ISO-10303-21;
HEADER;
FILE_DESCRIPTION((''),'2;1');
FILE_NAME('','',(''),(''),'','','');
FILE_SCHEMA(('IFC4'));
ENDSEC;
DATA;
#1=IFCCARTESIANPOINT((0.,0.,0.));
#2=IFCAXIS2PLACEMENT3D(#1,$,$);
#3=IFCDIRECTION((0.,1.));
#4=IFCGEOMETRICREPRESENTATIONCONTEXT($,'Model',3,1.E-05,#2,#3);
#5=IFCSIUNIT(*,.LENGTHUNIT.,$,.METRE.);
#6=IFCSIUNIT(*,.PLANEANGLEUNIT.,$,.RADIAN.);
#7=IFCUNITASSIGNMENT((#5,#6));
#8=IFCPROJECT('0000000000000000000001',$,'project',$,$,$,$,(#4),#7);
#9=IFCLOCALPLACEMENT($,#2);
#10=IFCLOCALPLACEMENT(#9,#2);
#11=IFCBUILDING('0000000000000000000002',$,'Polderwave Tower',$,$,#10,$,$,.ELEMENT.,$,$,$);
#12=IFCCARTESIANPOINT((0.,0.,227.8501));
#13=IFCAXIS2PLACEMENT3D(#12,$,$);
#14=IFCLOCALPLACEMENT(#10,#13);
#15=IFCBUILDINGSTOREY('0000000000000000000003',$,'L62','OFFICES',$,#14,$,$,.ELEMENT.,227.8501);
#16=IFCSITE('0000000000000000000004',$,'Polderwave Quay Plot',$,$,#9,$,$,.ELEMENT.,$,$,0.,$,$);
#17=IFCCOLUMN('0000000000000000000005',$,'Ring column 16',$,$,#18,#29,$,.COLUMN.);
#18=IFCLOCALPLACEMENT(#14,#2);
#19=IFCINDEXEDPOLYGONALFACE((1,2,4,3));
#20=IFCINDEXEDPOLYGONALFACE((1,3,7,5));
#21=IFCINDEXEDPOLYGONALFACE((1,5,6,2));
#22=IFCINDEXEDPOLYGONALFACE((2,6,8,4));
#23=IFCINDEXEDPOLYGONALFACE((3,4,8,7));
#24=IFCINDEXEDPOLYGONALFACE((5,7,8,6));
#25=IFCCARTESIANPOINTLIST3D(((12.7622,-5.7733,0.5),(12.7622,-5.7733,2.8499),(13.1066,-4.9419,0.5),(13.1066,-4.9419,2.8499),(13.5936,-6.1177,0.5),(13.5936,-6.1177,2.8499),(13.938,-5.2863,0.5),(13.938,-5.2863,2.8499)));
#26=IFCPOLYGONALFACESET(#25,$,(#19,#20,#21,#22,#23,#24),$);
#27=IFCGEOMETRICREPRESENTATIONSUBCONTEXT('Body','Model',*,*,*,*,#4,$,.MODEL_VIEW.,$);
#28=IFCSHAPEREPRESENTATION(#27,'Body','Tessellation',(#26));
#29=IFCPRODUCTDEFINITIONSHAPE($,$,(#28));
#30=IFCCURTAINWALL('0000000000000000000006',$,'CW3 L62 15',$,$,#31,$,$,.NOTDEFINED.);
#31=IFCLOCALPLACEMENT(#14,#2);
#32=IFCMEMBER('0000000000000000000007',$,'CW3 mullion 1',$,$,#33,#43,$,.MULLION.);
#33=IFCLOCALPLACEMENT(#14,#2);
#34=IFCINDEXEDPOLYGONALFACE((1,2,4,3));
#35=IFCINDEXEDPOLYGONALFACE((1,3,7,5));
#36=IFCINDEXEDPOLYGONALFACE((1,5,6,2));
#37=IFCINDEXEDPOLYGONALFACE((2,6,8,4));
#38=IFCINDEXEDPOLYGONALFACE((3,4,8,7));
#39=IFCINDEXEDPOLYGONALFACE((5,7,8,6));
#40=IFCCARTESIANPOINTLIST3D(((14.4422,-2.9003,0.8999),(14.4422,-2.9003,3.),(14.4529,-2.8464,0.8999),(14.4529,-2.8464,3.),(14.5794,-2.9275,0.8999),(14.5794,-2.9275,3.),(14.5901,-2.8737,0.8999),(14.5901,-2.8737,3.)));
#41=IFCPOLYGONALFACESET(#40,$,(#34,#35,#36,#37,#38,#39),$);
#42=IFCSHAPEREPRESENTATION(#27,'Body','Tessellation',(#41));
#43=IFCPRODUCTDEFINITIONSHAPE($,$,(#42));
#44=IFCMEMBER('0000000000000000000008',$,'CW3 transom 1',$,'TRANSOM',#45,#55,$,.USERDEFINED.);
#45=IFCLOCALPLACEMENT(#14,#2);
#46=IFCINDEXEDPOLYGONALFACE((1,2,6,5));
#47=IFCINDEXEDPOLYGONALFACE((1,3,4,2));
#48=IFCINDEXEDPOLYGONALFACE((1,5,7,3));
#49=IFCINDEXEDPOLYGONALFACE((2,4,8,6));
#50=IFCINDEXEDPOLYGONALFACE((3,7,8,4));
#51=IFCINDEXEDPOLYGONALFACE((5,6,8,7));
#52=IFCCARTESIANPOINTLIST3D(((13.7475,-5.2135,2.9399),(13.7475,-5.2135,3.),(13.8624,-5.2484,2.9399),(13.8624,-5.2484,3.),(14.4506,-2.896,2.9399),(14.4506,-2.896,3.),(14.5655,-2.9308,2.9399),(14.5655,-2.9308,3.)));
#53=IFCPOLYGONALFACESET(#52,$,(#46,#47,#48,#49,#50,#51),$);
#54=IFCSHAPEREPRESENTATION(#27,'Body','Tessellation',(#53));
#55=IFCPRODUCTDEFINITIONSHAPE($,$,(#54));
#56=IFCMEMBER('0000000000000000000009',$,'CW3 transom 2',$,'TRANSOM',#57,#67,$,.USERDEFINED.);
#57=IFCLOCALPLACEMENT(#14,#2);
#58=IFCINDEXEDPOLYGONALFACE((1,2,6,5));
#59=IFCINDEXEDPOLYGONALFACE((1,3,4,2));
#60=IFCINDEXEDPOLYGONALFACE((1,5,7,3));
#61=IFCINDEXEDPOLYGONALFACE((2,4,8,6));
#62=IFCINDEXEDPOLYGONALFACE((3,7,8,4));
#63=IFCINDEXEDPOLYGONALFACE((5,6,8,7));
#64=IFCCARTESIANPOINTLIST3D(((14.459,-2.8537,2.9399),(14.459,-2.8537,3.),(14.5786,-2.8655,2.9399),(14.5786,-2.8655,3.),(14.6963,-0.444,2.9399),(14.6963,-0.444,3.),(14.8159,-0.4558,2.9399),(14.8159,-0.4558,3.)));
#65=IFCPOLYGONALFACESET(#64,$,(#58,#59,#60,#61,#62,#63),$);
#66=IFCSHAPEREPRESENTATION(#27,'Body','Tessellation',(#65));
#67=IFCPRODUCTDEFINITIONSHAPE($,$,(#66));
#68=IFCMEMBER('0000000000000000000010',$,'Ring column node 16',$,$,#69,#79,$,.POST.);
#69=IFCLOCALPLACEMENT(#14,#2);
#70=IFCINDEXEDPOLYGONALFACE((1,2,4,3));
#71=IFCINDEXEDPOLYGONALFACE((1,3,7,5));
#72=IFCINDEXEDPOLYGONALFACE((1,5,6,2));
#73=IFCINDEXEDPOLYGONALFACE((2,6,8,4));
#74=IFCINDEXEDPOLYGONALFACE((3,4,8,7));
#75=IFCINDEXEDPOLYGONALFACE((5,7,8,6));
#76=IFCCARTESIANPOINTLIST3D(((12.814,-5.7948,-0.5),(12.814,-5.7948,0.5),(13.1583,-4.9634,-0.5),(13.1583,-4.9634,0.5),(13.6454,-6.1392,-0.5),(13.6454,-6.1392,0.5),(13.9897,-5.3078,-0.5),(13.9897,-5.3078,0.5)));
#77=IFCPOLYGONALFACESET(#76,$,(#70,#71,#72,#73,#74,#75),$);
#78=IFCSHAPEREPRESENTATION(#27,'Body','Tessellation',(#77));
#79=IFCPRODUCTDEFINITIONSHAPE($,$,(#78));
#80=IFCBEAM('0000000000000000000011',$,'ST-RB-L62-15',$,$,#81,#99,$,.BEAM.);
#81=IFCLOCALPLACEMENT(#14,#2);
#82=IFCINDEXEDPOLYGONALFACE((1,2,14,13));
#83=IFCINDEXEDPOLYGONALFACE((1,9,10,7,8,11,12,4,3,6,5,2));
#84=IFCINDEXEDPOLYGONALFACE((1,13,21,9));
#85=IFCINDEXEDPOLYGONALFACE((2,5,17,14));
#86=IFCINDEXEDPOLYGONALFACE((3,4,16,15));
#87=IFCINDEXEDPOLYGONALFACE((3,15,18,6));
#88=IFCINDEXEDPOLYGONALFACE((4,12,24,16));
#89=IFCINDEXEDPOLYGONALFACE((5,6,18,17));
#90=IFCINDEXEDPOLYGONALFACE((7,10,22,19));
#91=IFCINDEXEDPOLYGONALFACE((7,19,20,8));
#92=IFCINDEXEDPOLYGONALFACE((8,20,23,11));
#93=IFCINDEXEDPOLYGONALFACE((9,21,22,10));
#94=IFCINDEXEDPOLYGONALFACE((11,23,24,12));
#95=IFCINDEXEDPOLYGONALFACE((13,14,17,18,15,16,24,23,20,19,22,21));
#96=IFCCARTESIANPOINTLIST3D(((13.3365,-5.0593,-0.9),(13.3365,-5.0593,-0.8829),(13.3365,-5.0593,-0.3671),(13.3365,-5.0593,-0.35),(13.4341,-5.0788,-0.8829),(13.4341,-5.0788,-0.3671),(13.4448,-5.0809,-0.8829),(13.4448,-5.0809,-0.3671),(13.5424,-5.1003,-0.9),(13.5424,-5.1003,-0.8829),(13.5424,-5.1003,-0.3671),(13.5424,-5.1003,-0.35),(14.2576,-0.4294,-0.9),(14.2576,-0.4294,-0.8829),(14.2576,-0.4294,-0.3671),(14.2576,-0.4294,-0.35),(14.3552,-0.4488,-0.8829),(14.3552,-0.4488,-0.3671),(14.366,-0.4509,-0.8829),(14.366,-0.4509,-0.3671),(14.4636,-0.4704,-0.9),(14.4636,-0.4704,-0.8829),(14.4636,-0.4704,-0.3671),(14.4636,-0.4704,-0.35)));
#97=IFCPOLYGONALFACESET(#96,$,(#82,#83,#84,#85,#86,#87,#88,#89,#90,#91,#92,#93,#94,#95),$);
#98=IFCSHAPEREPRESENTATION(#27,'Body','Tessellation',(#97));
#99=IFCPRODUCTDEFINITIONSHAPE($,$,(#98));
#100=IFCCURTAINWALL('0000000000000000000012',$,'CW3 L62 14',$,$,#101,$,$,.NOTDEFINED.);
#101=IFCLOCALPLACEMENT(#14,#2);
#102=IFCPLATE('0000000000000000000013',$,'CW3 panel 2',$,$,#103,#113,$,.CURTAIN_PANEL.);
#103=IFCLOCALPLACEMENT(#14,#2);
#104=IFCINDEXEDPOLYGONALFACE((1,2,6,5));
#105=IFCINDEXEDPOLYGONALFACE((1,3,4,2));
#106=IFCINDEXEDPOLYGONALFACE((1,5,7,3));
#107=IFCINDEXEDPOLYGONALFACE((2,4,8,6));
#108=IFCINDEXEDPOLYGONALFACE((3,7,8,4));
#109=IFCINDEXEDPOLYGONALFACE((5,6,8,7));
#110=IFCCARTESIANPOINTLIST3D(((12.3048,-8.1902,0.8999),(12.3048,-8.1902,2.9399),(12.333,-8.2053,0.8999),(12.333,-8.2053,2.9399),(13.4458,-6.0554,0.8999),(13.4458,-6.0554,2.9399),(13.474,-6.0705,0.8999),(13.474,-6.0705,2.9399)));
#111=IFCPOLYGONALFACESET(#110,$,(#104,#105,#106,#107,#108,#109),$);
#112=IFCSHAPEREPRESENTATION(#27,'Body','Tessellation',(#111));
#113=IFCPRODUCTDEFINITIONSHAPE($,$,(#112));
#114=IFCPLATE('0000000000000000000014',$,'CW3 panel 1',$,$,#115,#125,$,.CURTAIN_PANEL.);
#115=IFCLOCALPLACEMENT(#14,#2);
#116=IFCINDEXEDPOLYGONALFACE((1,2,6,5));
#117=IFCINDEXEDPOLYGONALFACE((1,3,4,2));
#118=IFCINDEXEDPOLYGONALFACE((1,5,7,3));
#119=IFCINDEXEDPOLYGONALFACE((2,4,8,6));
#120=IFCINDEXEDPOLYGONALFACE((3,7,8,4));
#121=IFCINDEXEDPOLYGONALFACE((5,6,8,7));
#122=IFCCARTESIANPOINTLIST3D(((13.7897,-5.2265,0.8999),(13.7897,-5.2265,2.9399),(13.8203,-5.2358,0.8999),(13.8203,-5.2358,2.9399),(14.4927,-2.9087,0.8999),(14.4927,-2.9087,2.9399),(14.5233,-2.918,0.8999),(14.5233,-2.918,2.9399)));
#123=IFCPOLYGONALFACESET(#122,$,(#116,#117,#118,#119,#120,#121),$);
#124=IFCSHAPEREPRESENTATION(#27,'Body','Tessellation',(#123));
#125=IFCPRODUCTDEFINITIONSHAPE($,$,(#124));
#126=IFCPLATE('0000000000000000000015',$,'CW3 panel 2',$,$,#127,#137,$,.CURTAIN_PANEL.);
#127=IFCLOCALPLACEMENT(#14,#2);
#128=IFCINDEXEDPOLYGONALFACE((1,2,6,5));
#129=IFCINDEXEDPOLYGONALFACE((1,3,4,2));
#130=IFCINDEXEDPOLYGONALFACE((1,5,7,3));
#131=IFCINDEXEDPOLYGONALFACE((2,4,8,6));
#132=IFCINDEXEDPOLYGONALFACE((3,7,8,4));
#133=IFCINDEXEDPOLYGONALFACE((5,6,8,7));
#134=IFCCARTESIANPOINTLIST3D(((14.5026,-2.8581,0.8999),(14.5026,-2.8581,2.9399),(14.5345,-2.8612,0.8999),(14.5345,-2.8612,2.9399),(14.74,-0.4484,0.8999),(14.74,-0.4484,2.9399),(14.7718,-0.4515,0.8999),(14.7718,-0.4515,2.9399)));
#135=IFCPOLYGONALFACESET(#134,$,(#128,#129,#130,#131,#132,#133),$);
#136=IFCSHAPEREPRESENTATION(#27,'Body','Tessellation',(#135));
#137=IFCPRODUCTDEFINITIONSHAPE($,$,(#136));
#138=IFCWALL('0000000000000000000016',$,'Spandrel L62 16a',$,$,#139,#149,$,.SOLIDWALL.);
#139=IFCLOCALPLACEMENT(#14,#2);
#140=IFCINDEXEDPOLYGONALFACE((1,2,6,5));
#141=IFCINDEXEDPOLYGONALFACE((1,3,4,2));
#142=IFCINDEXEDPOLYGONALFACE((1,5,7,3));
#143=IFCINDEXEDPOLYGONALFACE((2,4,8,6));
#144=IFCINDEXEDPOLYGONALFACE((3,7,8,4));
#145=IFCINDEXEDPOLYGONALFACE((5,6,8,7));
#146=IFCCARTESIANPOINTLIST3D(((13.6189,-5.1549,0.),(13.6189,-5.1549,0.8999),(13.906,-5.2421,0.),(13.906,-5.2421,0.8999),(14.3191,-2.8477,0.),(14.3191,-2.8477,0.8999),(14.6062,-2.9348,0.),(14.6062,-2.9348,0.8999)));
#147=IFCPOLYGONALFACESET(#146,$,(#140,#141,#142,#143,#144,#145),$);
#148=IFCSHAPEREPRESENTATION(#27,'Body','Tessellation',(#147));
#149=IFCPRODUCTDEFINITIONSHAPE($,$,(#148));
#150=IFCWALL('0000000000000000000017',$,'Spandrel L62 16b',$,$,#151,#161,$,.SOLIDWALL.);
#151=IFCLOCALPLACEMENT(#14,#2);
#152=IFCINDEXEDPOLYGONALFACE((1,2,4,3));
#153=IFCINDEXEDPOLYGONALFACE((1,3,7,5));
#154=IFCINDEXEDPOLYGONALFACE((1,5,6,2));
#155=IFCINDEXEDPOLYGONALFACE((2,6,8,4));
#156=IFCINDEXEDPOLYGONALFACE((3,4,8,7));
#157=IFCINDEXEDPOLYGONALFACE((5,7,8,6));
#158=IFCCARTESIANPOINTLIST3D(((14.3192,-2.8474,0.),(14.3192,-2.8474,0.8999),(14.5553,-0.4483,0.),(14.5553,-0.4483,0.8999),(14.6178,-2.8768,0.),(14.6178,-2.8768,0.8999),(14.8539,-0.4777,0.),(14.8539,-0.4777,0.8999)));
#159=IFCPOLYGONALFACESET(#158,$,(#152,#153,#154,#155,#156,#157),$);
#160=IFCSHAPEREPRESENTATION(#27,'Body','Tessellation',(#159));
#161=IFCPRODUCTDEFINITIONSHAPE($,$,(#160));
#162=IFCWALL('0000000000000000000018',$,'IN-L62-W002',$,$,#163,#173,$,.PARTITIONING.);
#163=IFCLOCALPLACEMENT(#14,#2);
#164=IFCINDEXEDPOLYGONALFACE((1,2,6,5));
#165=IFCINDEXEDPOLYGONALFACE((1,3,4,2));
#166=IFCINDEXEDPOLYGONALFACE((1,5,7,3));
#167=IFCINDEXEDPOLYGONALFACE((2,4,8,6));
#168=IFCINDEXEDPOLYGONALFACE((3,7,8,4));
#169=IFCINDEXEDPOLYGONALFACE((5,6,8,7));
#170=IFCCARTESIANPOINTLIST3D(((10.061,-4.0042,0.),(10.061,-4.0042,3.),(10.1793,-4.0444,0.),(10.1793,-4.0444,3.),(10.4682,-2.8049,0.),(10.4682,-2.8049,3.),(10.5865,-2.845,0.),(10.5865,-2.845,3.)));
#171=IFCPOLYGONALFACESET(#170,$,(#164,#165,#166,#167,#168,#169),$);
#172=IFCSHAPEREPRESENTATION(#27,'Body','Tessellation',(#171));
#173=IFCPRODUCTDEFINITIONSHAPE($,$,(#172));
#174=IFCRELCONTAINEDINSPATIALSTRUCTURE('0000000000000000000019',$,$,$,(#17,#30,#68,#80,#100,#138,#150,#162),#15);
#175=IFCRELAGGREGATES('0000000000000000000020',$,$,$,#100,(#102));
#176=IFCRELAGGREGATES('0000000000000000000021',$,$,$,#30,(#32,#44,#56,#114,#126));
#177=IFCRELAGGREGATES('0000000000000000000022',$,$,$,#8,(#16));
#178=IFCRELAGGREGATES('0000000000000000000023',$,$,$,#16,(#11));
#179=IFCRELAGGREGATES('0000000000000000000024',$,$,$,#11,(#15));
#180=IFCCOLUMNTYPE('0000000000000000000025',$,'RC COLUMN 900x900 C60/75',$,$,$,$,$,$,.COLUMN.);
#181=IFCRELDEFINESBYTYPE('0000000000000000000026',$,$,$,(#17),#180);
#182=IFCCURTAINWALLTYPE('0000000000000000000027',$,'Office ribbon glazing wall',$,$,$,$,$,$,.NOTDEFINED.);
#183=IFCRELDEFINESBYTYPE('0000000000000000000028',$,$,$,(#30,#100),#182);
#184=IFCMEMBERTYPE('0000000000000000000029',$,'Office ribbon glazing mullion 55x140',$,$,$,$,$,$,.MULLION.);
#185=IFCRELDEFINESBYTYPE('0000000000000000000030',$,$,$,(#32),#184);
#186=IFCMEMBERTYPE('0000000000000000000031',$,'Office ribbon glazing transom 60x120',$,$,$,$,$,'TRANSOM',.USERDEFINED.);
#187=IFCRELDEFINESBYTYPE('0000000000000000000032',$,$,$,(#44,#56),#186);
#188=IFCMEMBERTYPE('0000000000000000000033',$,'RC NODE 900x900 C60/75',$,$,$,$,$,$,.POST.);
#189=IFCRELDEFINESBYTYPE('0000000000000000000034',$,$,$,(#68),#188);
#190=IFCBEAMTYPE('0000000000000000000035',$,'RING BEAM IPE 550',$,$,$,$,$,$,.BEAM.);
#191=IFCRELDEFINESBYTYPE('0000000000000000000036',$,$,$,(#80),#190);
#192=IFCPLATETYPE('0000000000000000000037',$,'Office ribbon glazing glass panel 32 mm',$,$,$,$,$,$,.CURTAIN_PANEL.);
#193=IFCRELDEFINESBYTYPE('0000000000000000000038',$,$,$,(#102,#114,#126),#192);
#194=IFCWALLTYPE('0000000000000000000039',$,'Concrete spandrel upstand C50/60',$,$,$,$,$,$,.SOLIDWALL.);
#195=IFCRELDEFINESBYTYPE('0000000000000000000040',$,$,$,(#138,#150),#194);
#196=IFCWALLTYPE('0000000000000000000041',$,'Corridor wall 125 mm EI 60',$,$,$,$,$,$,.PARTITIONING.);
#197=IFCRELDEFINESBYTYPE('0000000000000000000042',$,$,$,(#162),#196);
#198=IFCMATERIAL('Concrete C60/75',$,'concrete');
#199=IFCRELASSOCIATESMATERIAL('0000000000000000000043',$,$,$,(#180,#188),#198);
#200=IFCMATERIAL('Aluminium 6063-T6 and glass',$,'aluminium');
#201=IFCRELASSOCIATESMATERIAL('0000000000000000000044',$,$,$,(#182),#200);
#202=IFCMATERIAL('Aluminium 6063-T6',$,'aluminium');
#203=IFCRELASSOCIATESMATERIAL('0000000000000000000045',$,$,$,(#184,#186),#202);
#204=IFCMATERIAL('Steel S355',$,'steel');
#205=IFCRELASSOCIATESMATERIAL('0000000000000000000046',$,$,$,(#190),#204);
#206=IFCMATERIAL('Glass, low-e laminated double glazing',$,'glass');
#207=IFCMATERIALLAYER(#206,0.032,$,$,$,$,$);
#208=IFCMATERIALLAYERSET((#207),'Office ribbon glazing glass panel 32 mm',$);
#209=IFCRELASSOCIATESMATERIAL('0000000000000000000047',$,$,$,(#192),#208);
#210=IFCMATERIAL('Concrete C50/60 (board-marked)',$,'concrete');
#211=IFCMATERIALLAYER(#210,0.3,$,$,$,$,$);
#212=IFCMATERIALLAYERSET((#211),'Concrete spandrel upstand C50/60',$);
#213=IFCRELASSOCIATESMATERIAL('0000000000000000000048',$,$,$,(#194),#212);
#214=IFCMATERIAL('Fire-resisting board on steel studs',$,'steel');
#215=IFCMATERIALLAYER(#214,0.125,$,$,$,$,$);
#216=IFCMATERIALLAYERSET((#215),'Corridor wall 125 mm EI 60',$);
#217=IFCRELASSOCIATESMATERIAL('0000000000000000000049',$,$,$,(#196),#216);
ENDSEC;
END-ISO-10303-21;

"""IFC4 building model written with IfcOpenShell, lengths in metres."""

from ifc_helpers import new_model, si_unit, direction, frame, frame_2d, origin, origin_2d, place, context, subcontext, project, spatial, rectangle, i_section, extrude, material, layer, layer_set, material_profile, profile_set, type_object, element, aggregate, save


model = new_model("IFC4")

# Units and contexts
model_context = context("Model", 3, precision=1e-05, world=origin(), true_north=direction((0.0, 1.0)))
body_context = subcontext(model_context, "Body", "Model", "MODEL_VIEW")
ifc_project = project(units=[si_unit("LENGTHUNIT", "METRE"), si_unit("PLANEANGLEUNIT", "RADIAN")], contexts=[model_context])

# Site, building, storey
site_placement = place(None, origin())
site = spatial("IfcSite", under=ifc_project, at=site_placement, Name="Polderwave Quay Plot", CompositionType="ELEMENT", RefElevation=0.0)
building_placement = place(site_placement, origin())
building = spatial("IfcBuilding", under=site, at=building_placement, Name="Polderwave Tower", CompositionType="ELEMENT")
storey_placement = place(building_placement, frame((0.0, 0.0, 227.8501)))
storey = spatial("IfcBuildingStorey", under=building, at=storey_placement, Name="L62", Description="OFFICES", CompositionType="ELEMENT", Elevation=227.8501)

# Column
ifc_material_1 = material(Name="Concrete C60/75", Category="concrete")
ifc_material_profile_1 = material_profile(ifc_material_1, rectangle(XDim=0.8999, YDim=0.8999, at=origin_2d()), Name="RC 900x900")
ifc_profile_set_1 = profile_set([ifc_material_profile_1], Name="Concrete C60/75")
column_type = type_object("IfcColumnType", Name="RC COLUMN 900x900 C60/75", PredefinedType="COLUMN", material=ifc_profile_set_1)
column_placement = place(storey_placement, frame((13.3501, -5.5298, 0.5), z_axis=(0.0, 0.0, 1.0), x_axis=(0.92388, -0.382683, 0.0)))
element("IfcColumn", 1, at=column_placement, inside=storey, type_object=column_type, Name="Ring column 16", PredefinedType="COLUMN", context=body_context, shape_type="SweptSolid", body=[
    extrude(rectangle(XDim=0.8999, YDim=0.8999, at=origin_2d()), origin(), (0.0, 0.0, 1.0), 2.3499),
])

# Curtain wall, members
ifc_material_2 = material(Name="Aluminium 6063-T6 and glass", Category="aluminium")
curtain_wall_type = type_object("IfcCurtainWallType", Name="Office ribbon glazing wall", PredefinedType="NOTDEFINED", material=ifc_material_2)
curtain_wall_1_placement = place(storey_placement, origin())
curtain_wall_1 = element("IfcCurtainWall", 2, at=curtain_wall_1_placement, inside=storey, type_object=curtain_wall_type, Name="CW3 L62 15", PredefinedType="NOTDEFINED")
ifc_material_3 = material(Name="Aluminium 6063-T6", Category="aluminium")
ifc_material_profile_2 = material_profile(ifc_material_3, rectangle(XDim=0.1399, YDim=0.0549, at=origin_2d()), Name="AL 55x140")
ifc_profile_set_2 = profile_set([ifc_material_profile_2], Name="Aluminium 6063-T6")
member_type_1 = type_object("IfcMemberType", Name="Office ribbon glazing mullion 55x140", PredefinedType="MULLION", material=ifc_profile_set_2)
member_1_placement = place(storey_placement, frame((14.5161, -2.887, 0.8999), z_axis=(0.0, 0.0, 1.0), x_axis=(-0.980788, 0.195077, 0.0)))
member_1 = element("IfcMember", 3, at=member_1_placement, type_object=member_type_1, Name="CW3 mullion 1", PredefinedType="MULLION", context=body_context, shape_type="SweptSolid", body=[
    extrude(rectangle(XDim=0.1399, YDim=0.0549, at=origin_2d()), origin(), (0.0, 0.0, 1.0), 2.1001),
])
ifc_material_profile_3 = material_profile(ifc_material_3, rectangle(XDim=0.1201, YDim=0.0601, at=origin_2d()), Name="AL 60x120")
ifc_profile_set_3 = profile_set([ifc_material_profile_3], Name="Aluminium 6063-T6")
member_type_2 = type_object("IfcMemberType", Name="Office ribbon glazing transom 60x120", ElementType="TRANSOM", PredefinedType="USERDEFINED", material=ifc_profile_set_3)
member_2_placement = place(storey_placement, frame((13.8049, -5.231, 2.97), z_axis=(0.290315, 0.956931, 0.0), x_axis=(-0.956931, 0.290315, 0.0)))
member_2 = element("IfcMember", 4, at=member_2_placement, type_object=member_type_2, Name="CW3 transom 1", ObjectType="TRANSOM", PredefinedType="USERDEFINED", context=body_context, shape_type="SweptSolid", body=[
    extrude(rectangle(XDim=0.1201, YDim=0.0601, at=origin_2d()), origin(), (0.0, 0.0, 1.0), 2.4219),
])
member_3_placement = place(storey_placement, frame((14.5188, -2.8596, 2.97), z_axis=(0.098006, 0.995186, 0.0), x_axis=(-0.995186, 0.098006, 0.0)))
member_3 = element("IfcMember", 5, at=member_3_placement, type_object=member_type_2, Name="CW3 transom 2", ObjectType="TRANSOM", PredefinedType="USERDEFINED", context=body_context, shape_type="SweptSolid", body=[
    extrude(rectangle(XDim=0.1201, YDim=0.0601, at=origin_2d()), origin(), (0.0, 0.0, 1.0), 2.4214),
])

# Member
ifc_material_profile_4 = material_profile(ifc_material_1, rectangle(XDim=0.8999, YDim=0.8999, at=origin_2d()), Name="RC 900x900")
ifc_profile_set_4 = profile_set([ifc_material_profile_4], Name="Concrete C60/75")
member_type_3 = type_object("IfcMemberType", Name="RC NODE 900x900 C60/75", PredefinedType="POST", material=ifc_profile_set_4)
member_4_placement = place(storey_placement, frame((13.4019, -5.5513, -0.5), z_axis=(0.0, 0.0, 1.0), x_axis=(0.92388, -0.382683, 0.0)))
element("IfcMember", 6, at=member_4_placement, inside=storey, type_object=member_type_3, Name="Ring column node 16", PredefinedType="POST", context=body_context, shape_type="SweptSolid", body=[
    extrude(rectangle(XDim=0.8999, YDim=0.8999, at=origin_2d()), origin(), (0.0, 0.0, 1.0), 1.0),
])

# Beam
ifc_material_4 = material(Name="Steel S355", Category="steel")
ifc_material_profile_5 = material_profile(ifc_material_4, i_section(OverallWidth=0.21, OverallDepth=0.55, WebThickness=0.011, FlangeThickness=0.0171, at=origin_2d()), Name="IPE 550")
ifc_profile_set_5 = profile_set([ifc_material_profile_5], Name="Steel S355")
beam_type = type_object("IfcBeamType", Name="RING BEAM IPE 550", PredefinedType="BEAM", material=ifc_profile_set_5)
beam_placement = place(storey_placement, frame((13.4395, -5.0798, -0.625), z_axis=(0.195131, 0.980777, 0.0), x_axis=(-0.980777, 0.195131, 0.0)))
element("IfcBeam", 7, at=beam_placement, inside=storey, type_object=beam_type, Name="ST-RB-L62-15", PredefinedType="BEAM", context=body_context, shape_type="SweptSolid", body=[
    extrude(i_section(OverallWidth=0.21, OverallDepth=0.55, WebThickness=0.011, FlangeThickness=0.0171, at=origin_2d()), origin(), (0.0, 0.0, 1.0), 4.7207),
])

# Curtain wall, plate
curtain_wall_2_placement = place(storey_placement, origin())
curtain_wall_2 = element("IfcCurtainWall", 8, at=curtain_wall_2_placement, inside=storey, type_object=curtain_wall_type, Name="CW3 L62 14", PredefinedType="NOTDEFINED")
ifc_material_5 = material(Name="Glass, low-e laminated double glazing", Category="glass")
ifc_layer_1 = layer(ifc_material_5, 0.032)
ifc_layer_set_1 = layer_set([ifc_layer_1], Name="Office ribbon glazing glass panel 32 mm")
plate_type = type_object("IfcPlateType", Name="Office ribbon glazing glass panel 32 mm", PredefinedType="CURTAIN_PANEL", material=ifc_layer_set_1)
plate_1_placement = place(storey_placement, frame((12.8894, -7.1304, 0.8999), z_axis=(0.0, 0.0, 1.0), x_axis=(0.471394, 0.881923, 0.0)))
plate_1 = element("IfcPlate", 9, at=plate_1_placement, type_object=plate_type, Name="CW3 panel 2", PredefinedType="CURTAIN_PANEL", context=body_context, shape_type="SweptSolid", body=[
    extrude(rectangle(XDim=2.4207, YDim=0.032, at=origin_2d()), origin(), (0.0, 0.0, 1.0), 2.04),
])
aggregate(curtain_wall_2, [plate_1])

# Plates
plate_2_placement = place(storey_placement, frame((14.1565, -4.0723, 0.8999), z_axis=(0.0, 0.0, 1.0), x_axis=(0.290268, 0.956945, 0.0)))
plate_2 = element("IfcPlate", 10, at=plate_2_placement, type_object=plate_type, Name="CW3 panel 1", PredefinedType="CURTAIN_PANEL", context=body_context, shape_type="SweptSolid", body=[
    extrude(rectangle(XDim=2.4221, YDim=0.032, at=origin_2d()), origin(), (0.0, 0.0, 1.0), 2.04),
])
plate_3_placement = place(storey_placement, frame((14.6372, -1.6548, 0.8999), z_axis=(0.0, 0.0, 1.0), x_axis=(0.098008, 0.995186, 0.0)))
plate_3 = element("IfcPlate", 11, at=plate_3_placement, type_object=plate_type, Name="CW3 panel 2", PredefinedType="CURTAIN_PANEL", context=body_context, shape_type="SweptSolid", body=[
    extrude(rectangle(XDim=2.4214, YDim=0.032, at=origin_2d()), origin(), (0.0, 0.0, 1.0), 2.04),
])
aggregate(curtain_wall_1, [member_1, member_2, member_3, plate_2, plate_3])

# Walls
ifc_material_6 = material(Name="Concrete C50/60 (board-marked)", Category="concrete")
ifc_layer_2 = layer(ifc_material_6, 0.3)
ifc_layer_set_2 = layer_set([ifc_layer_2], Name="Concrete spandrel upstand C50/60")
wall_type_1 = type_object("IfcWallType", Name="Concrete spandrel upstand C50/60", PredefinedType="SOLIDWALL", material=ifc_layer_set_2)
wall_1_placement = place(storey_placement, frame((13.7625, -5.1985, 0.0), z_axis=(0.0, 0.0, 1.0), x_axis=(0.290412, 0.956902, 0.0)))
element("IfcWall", 12, at=wall_1_placement, inside=storey, type_object=wall_type_1, Name="Spandrel L62 16a", PredefinedType="SOLIDWALL", context=body_context, shape_type="SweptSolid", body=[
    extrude(rectangle(XDim=2.4111, YDim=0.3, at=frame_2d((1.2056, 0.0))), origin(), (0.0, 0.0, 1.0), 0.8999),
])
wall_2_placement = place(storey_placement, frame((14.4685, -2.8621, 0.0), z_axis=(0.0, 0.0, 1.0), x_axis=(0.097929, 0.995193, 0.0)))
element("IfcWall", 13, at=wall_2_placement, inside=storey, type_object=wall_type_1, Name="Spandrel L62 16b", PredefinedType="SOLIDWALL", context=body_context, shape_type="SweptSolid", body=[
    extrude(rectangle(XDim=2.4106, YDim=0.3, at=frame_2d((1.2053, 0.0))), origin(), (0.0, 0.0, 1.0), 0.8999),
])
ifc_material_7 = material(Name="Fire-resisting board on steel studs", Category="steel")
ifc_layer_3 = layer(ifc_material_7, 0.125)
ifc_layer_set_3 = layer_set([ifc_layer_3], Name="Corridor wall 125 mm EI 60")
wall_type_2 = type_object("IfcWallType", Name="Corridor wall 125 mm EI 60", PredefinedType="PARTITIONING", material=ifc_layer_set_3)
wall_3_placement = place(storey_placement, frame((10.5273, -2.825, 0.0), z_axis=(0.0, 0.0, 1.0), x_axis=(-0.321485, -0.946915, 0.0)))
element("IfcWall", 14, at=wall_3_placement, inside=storey, type_object=wall_type_2, Name="IN-L62-W002", PredefinedType="PARTITIONING", context=body_context, shape_type="SweptSolid", body=[
    extrude(rectangle(XDim=1.2666, YDim=0.125, at=frame_2d((0.6333, 0.0))), origin(), (0.0, 0.0, 1.0), 3.0),
])

save(model, "model.ifc")
